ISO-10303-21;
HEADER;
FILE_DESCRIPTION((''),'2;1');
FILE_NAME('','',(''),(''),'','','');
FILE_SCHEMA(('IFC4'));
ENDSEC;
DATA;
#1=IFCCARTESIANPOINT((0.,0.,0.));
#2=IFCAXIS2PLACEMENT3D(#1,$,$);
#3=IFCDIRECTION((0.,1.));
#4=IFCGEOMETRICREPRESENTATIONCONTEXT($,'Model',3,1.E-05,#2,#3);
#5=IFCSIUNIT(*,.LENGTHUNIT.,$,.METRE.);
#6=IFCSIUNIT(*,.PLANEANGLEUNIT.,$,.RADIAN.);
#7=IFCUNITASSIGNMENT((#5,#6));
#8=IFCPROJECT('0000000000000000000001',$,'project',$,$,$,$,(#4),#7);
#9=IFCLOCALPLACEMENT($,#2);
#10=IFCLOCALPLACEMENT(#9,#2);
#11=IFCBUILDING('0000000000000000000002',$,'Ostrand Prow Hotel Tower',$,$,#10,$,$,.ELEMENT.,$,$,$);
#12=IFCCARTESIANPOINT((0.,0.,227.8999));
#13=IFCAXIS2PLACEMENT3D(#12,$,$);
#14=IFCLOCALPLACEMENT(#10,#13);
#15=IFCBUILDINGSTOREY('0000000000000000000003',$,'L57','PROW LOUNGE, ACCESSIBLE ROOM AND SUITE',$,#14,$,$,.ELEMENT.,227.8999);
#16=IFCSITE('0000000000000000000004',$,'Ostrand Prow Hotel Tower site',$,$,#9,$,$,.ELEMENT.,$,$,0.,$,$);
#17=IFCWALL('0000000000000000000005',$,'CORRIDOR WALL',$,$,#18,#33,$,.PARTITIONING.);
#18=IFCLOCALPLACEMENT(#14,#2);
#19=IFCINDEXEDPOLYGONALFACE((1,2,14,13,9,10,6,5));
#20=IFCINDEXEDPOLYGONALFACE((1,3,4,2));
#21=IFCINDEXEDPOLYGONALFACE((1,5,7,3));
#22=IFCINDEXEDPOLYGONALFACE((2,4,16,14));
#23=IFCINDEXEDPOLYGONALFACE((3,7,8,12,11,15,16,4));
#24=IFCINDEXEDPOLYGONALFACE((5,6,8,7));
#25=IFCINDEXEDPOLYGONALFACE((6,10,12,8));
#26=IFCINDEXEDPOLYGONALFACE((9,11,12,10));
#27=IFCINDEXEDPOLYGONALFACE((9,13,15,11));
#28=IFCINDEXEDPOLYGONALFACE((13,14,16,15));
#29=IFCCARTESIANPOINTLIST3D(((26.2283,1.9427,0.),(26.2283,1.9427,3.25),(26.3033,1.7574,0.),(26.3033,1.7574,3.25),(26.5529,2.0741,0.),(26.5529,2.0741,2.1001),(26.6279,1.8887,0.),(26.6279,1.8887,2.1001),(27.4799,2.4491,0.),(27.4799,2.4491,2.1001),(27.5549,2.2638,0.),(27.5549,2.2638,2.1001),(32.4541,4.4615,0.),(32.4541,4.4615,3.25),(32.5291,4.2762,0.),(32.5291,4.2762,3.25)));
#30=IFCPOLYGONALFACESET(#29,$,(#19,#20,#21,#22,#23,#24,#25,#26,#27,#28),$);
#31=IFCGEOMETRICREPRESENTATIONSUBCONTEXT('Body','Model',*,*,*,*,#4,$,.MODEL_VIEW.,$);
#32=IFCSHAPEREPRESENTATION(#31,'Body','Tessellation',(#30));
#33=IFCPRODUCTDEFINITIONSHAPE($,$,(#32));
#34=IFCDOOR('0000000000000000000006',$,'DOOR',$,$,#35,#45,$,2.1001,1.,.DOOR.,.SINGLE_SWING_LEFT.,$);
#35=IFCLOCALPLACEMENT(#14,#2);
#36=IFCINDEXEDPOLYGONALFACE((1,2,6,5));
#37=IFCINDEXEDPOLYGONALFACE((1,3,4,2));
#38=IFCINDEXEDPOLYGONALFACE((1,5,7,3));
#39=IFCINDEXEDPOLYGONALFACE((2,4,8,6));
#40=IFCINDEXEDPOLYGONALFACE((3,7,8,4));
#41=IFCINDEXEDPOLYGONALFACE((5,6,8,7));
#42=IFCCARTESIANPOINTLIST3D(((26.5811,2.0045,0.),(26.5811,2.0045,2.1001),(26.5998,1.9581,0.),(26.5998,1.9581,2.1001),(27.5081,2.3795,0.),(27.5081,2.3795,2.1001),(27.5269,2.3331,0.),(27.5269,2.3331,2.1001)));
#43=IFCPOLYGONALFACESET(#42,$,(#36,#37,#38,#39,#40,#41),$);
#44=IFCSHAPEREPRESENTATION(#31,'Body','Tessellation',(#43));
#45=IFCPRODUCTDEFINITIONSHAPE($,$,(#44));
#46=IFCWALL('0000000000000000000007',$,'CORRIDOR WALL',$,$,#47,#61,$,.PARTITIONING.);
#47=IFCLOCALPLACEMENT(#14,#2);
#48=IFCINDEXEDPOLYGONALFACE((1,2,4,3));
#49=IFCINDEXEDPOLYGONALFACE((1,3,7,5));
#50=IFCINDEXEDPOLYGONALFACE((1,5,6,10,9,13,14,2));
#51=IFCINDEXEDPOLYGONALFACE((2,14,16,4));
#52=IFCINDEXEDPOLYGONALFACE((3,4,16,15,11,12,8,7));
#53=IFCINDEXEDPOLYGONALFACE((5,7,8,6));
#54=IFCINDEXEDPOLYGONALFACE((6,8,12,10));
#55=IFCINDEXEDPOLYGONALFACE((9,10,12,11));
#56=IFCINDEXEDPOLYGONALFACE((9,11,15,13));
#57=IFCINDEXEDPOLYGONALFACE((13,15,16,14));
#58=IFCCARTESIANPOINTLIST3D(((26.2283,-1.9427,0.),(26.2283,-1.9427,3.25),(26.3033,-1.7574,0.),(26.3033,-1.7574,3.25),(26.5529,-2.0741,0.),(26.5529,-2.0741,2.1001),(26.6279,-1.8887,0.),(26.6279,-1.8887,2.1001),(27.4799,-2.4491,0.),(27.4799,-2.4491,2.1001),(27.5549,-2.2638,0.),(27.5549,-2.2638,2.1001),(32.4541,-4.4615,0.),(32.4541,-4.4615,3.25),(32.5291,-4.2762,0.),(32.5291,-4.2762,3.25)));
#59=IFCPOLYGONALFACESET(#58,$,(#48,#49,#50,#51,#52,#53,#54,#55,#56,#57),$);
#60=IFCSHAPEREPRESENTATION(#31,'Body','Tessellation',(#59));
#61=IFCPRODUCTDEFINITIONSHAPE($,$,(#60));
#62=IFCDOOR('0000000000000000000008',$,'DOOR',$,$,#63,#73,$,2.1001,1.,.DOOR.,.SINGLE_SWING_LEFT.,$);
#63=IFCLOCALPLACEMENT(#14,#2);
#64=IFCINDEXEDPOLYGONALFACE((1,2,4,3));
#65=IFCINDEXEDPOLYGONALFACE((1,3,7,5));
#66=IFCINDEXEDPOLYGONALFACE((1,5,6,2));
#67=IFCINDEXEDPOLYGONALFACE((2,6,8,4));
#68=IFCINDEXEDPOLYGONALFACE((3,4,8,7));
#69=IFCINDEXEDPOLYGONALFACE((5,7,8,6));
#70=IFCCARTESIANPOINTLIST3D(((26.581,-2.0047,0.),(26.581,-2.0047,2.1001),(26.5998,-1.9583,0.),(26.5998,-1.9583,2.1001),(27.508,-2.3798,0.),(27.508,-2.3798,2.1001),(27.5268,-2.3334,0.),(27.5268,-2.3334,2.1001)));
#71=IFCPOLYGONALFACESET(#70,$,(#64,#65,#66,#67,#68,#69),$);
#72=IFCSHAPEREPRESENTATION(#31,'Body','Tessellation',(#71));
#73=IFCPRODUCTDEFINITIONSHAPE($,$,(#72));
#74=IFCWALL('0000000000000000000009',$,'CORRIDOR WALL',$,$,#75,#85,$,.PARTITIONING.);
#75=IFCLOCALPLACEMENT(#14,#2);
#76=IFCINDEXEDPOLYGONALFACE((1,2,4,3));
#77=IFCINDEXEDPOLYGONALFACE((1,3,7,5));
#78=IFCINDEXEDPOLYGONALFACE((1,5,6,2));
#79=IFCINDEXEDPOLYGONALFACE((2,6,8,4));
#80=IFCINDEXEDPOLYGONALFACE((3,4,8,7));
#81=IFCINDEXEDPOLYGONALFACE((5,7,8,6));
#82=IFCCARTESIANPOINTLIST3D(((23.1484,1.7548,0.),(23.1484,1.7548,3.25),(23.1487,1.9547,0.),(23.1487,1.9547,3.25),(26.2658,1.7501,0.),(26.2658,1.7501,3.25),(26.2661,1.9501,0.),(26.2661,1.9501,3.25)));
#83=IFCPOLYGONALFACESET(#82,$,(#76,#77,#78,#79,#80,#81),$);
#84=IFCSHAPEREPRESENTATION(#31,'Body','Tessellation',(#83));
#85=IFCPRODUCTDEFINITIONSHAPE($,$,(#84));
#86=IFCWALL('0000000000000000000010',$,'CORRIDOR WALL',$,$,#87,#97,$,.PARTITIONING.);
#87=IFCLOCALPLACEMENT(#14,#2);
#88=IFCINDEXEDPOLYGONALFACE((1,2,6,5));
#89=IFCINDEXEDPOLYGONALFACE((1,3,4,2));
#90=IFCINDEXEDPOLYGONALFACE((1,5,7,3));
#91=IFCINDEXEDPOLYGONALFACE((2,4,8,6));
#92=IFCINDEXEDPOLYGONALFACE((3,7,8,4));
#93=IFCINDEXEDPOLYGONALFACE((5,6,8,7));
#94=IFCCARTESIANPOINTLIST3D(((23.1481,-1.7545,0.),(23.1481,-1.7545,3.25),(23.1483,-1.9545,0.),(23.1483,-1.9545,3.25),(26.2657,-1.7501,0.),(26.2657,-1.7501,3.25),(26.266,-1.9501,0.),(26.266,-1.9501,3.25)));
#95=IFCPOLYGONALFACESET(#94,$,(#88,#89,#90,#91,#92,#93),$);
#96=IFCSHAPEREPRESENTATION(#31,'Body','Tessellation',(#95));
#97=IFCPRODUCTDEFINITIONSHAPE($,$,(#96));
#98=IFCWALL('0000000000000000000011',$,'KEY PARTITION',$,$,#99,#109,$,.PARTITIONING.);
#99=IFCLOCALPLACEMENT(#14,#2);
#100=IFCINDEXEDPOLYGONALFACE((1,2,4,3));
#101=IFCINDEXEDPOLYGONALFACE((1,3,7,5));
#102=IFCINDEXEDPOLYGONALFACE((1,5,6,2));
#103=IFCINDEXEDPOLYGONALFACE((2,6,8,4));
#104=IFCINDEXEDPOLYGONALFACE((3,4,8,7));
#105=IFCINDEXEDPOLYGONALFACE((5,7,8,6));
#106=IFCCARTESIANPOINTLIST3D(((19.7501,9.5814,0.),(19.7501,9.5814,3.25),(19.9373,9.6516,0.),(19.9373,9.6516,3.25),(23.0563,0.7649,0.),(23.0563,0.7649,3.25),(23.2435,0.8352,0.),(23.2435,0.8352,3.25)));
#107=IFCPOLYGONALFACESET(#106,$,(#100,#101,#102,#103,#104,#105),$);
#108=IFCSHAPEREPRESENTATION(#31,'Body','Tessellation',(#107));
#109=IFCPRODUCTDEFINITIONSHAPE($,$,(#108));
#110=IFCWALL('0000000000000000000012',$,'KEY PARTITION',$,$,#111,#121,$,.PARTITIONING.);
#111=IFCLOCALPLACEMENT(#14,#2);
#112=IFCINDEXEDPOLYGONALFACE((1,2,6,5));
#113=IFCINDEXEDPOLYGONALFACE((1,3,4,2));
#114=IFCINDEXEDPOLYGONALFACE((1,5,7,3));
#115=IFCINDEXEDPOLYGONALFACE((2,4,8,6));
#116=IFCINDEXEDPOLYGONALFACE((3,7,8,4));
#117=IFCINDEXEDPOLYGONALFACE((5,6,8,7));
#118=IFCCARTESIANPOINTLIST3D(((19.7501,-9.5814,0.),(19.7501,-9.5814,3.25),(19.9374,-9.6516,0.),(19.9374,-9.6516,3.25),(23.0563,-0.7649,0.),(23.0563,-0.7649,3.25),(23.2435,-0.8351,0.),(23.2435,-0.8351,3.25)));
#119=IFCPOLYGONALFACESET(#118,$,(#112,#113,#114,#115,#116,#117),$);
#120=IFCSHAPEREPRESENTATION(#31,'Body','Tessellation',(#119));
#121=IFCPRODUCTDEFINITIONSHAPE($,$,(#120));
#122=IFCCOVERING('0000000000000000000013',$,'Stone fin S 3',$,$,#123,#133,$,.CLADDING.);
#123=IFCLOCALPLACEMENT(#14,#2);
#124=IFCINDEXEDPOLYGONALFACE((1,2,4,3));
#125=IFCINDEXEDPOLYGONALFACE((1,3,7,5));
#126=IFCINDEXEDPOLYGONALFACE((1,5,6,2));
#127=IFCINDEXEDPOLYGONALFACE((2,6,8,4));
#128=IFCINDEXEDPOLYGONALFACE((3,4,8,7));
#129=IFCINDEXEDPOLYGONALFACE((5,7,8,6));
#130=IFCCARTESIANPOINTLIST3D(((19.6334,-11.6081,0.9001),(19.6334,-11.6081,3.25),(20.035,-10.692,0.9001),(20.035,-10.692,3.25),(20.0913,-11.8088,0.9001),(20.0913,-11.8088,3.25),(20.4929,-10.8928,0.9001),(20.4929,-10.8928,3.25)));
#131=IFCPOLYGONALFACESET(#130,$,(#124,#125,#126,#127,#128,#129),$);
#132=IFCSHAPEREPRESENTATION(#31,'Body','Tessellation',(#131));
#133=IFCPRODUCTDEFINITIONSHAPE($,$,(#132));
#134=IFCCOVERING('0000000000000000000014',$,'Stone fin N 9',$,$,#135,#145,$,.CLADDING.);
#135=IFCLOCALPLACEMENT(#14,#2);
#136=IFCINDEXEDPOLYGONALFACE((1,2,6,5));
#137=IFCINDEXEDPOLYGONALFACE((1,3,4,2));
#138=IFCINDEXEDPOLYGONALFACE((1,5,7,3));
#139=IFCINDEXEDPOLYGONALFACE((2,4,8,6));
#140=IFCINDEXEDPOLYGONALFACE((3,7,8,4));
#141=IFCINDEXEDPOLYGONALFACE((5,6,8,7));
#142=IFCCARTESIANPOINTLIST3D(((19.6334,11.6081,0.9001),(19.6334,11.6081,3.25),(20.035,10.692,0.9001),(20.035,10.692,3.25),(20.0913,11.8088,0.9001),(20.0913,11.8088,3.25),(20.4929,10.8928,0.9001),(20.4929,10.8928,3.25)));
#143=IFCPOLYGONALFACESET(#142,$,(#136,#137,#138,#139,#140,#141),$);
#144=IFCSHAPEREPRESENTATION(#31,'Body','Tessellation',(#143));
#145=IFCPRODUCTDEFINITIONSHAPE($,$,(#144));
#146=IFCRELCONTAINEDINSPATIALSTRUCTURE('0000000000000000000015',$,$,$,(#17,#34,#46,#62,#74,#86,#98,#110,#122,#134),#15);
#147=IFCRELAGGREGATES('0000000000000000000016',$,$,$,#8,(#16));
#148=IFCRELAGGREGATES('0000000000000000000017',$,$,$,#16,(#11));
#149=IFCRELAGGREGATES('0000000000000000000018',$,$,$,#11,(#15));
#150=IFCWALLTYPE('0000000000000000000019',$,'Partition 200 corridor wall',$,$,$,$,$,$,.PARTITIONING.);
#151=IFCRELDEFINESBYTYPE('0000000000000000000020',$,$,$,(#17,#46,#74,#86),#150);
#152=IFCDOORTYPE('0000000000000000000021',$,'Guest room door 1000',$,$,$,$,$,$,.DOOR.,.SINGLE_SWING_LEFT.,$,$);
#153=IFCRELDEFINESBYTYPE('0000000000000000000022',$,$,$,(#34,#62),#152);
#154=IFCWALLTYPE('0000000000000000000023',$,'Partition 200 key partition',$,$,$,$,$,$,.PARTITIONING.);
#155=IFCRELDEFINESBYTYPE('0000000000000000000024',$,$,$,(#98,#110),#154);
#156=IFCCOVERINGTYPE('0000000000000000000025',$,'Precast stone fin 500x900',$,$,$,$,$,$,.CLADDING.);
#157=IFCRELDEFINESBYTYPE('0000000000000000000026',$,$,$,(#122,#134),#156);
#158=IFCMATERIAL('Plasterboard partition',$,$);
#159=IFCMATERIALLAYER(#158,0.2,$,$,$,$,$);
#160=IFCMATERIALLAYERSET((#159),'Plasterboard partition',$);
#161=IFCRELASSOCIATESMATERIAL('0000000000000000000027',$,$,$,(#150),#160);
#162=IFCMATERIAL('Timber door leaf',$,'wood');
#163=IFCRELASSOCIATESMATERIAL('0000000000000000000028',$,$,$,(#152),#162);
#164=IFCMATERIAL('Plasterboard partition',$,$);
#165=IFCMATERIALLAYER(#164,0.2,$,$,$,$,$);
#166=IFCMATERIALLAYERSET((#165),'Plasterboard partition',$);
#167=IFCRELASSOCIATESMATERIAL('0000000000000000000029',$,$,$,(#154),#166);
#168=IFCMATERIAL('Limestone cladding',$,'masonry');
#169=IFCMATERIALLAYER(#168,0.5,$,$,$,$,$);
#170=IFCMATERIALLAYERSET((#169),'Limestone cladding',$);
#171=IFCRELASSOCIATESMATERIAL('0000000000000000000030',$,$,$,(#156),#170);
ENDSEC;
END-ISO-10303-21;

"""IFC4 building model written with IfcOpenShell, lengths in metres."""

from ifc_helpers import new_model, si_unit, direction, frame, frame_2d, origin, place, context, subcontext, project, spatial, rectangle, extrude, material, layer, layer_set, type_object, element, fill, save


model = new_model("IFC4")

# Units and contexts
model_context = context("Model", 3, precision=1e-05, world=origin(), true_north=direction((0.0, 1.0)))
body_context = subcontext(model_context, "Body", "Model", "MODEL_VIEW")
ifc_project = project(units=[si_unit("LENGTHUNIT", "METRE"), si_unit("PLANEANGLEUNIT", "RADIAN")], contexts=[model_context])

# Site, building, storey
site_placement = place(None, origin())
site = spatial("IfcSite", under=ifc_project, at=site_placement, Name="Ostrand Prow Hotel Tower site", CompositionType="ELEMENT", RefElevation=0.0)
building_placement = place(site_placement, origin())
building = spatial("IfcBuilding", under=site, at=building_placement, Name="Ostrand Prow Hotel Tower", CompositionType="ELEMENT")
storey_placement = place(building_placement, frame((0.0, 0.0, 227.8999)))
storey = spatial("IfcBuildingStorey", under=building, at=storey_placement, Name="L57", Description="PROW LOUNGE, ACCESSIBLE ROOM AND SUITE", CompositionType="ELEMENT", Elevation=227.8999)

# Walls, openings, doors
ifc_material_1 = material(Name="Plasterboard partition")
ifc_layer_1 = layer(ifc_material_1, 0.2)
ifc_layer_set_1 = layer_set([ifc_layer_1], Name="Plasterboard partition")
wall_type_1 = type_object("IfcWallType", Name="Partition 200 corridor wall", PredefinedType="PARTITIONING", material=ifc_layer_set_1)
wall_1_placement = place(storey_placement, frame((26.2659, 1.8501, 0.0), z_axis=(0.0, 0.0, 1.0), x_axis=(0.927008, 0.375042, 0.0)))
wall_1 = element("IfcWall", 1, at=wall_1_placement, inside=storey, type_object=wall_type_1, Name="CORRIDOR WALL", PredefinedType="PARTITIONING", context=body_context, shape_type="SweptSolid", body=[
    extrude(rectangle(XDim=6.7161, YDim=0.2, at=frame_2d((3.3579, 0.0))), origin(), (0.0, 0.0, 1.0), 3.25),
])
opening_1_placement = place(wall_1_placement, frame((0.3501, 0.0, 0.0)))
opening_1 = element("IfcOpeningElement", 2, at=opening_1_placement, cuts=wall_1, PredefinedType="OPENING", context=body_context, shape_type="SweptSolid", body=[
    extrude(rectangle(XDim=1.0, YDim=2.1001, at=frame_2d((0.5, 1.05))), frame((0.0, 0.1099, 0.0), z_axis=(0.0, -1.0, 0.0), x_axis=(1.0, 0.0, 0.0)), (0.0, 0.0, 1.0), 0.22),
])
ifc_material_2 = material(Name="Timber door leaf", Category="wood")
door_type = type_object("IfcDoorType", Name="Guest room door 1000", OperationType="SINGLE_SWING_LEFT", PredefinedType="DOOR", material=ifc_material_2)
door_1_placement = place(opening_1_placement, origin())
door_1 = element("IfcDoor", 3, at=door_1_placement, inside=storey, type_object=door_type, Name="DOOR", OperationType="SINGLE_SWING_LEFT", OverallHeight=2.1001, OverallWidth=1.0, PredefinedType="DOOR", context=body_context, shape_type="SweptSolid", body=[
    extrude(rectangle(XDim=1.0, YDim=2.1001, at=frame_2d((0.5, 1.05))), frame((0.0, 0.0249, 0.0), z_axis=(0.0, -1.0, 0.0), x_axis=(1.0, 0.0, 0.0)), (0.0, 0.0, 1.0), 0.05),
])
fill(opening_1, door_1)
wall_2_placement = place(storey_placement, frame((26.2659, -1.8501, 0.0), z_axis=(0.0, 0.0, 1.0), x_axis=(0.927008, -0.375042, 0.0)))
wall_2 = element("IfcWall", 4, at=wall_2_placement, inside=storey, type_object=wall_type_1, Name="CORRIDOR WALL", PredefinedType="PARTITIONING", context=body_context, shape_type="SweptSolid", body=[
    extrude(rectangle(XDim=6.7161, YDim=0.2, at=frame_2d((3.3579, 0.0))), origin(), (0.0, 0.0, 1.0), 3.25),
])
opening_2_placement = place(wall_2_placement, frame((0.3501, 0.0, 0.0)))
opening_2 = element("IfcOpeningElement", 5, at=opening_2_placement, cuts=wall_2, PredefinedType="OPENING", context=body_context, shape_type="SweptSolid", body=[
    extrude(rectangle(XDim=1.0, YDim=2.1001, at=frame_2d((0.5, 1.05))), frame((0.0, 0.1099, 0.0), z_axis=(0.0, -1.0, 0.0), x_axis=(1.0, 0.0, 0.0)), (0.0, 0.0, 1.0), 0.22),
])
door_2_placement = place(opening_2_placement, origin())
door_2 = element("IfcDoor", 6, at=door_2_placement, inside=storey, type_object=door_type, Name="DOOR", OperationType="SINGLE_SWING_LEFT", OverallHeight=2.1001, OverallWidth=1.0, PredefinedType="DOOR", context=body_context, shape_type="SweptSolid", body=[
    extrude(rectangle(XDim=1.0, YDim=2.1001, at=frame_2d((0.5, 1.05))), frame((0.0, 0.0249, 0.0), z_axis=(0.0, -1.0, 0.0), x_axis=(1.0, 0.0, 0.0)), (0.0, 0.0, 1.0), 0.05),
])
fill(opening_2, door_2)

# Walls
wall_3_placement = place(storey_placement, frame((26.2659, 1.8501, 0.0), z_axis=(0.0, 0.0, 1.0), x_axis=(-0.999999, 0.001488, 0.0)))
element("IfcWall", 7, at=wall_3_placement, inside=storey, type_object=wall_type_1, Name="CORRIDOR WALL", PredefinedType="PARTITIONING", context=body_context, shape_type="SweptSolid", body=[
    extrude(rectangle(XDim=3.1174, YDim=0.2, at=frame_2d((1.5586, 0.0))), origin(), (0.0, 0.0, 1.0), 3.25),
])
wall_4_placement = place(storey_placement, frame((23.1482, -1.8545, 0.0), z_axis=(0.0, 0.0, 1.0), x_axis=(0.999999, 0.00141, 0.0)))
element("IfcWall", 8, at=wall_4_placement, inside=storey, type_object=wall_type_1, Name="CORRIDOR WALL", PredefinedType="PARTITIONING", context=body_context, shape_type="SweptSolid", body=[
    extrude(rectangle(XDim=3.1177, YDim=0.2, at=frame_2d((1.5588, 0.0))), origin(), (0.0, 0.0, 1.0), 3.25),
])
ifc_material_3 = material(Name="Plasterboard partition")
ifc_layer_2 = layer(ifc_material_3, 0.2)
ifc_layer_set_2 = layer_set([ifc_layer_2], Name="Plasterboard partition")
wall_type_2 = type_object("IfcWallType", Name="Partition 200 key partition", PredefinedType="PARTITIONING", material=ifc_layer_set_2)
for number, where, z_axis, x_axis, name in (
    (9, (23.1499, 0.8, 0.0), (0.0, 0.0, 1.0), (-0.351123, 0.936329, 0.0), "KEY PARTITION"),
    (10, (19.8438, -9.6165, 0.0), (0.0, 0.0, 1.0), (0.351123, 0.936329, 0.0), "KEY PARTITION"),
):
    element("IfcWall", number, at=place(storey_placement, frame(where, z_axis=z_axis, x_axis=x_axis)), inside=storey, type_object=wall_type_2, Name=name, PredefinedType="PARTITIONING", context=body_context, shape_type="SweptSolid", body=[
        extrude(rectangle(XDim=9.416, YDim=0.2, at=frame_2d((4.708, 0.0))), origin(), (0.0, 0.0, 1.0), 3.25),
    ])

# Coverings
ifc_material_4 = material(Name="Limestone cladding", Category="masonry")
ifc_layer_3 = layer(ifc_material_4, 0.5)
ifc_layer_set_3 = layer_set([ifc_layer_3], Name="Limestone cladding")
covering_type = type_object("IfcCoveringType", Name="Precast stone fin 500x900", PredefinedType="CLADDING", material=ifc_layer_set_3)
for number, where, z_axis, x_axis, name in (
    (11, (20.2639, -10.7925, 0.9001), (0.0, 0.0, 1.0), (-0.401536, -0.915843, 0.0), "Stone fin S 3"),
    (12, (20.2639, 10.7925, 0.9001), (0.0, 0.0, 1.0), (-0.401536, 0.915843, 0.0), "Stone fin N 9"),
):
    element("IfcCovering", number, at=place(storey_placement, frame(where, z_axis=z_axis, x_axis=x_axis)), inside=storey, type_object=covering_type, Name=name, PredefinedType="CLADDING", context=body_context, shape_type="SweptSolid", body=[
        extrude(rectangle(XDim=1.0002, YDim=0.5, at=frame_2d((0.5, 0.0))), origin(), (0.0, 0.0, 1.0), 2.3499),
    ])

save(model, "model.ifc")
